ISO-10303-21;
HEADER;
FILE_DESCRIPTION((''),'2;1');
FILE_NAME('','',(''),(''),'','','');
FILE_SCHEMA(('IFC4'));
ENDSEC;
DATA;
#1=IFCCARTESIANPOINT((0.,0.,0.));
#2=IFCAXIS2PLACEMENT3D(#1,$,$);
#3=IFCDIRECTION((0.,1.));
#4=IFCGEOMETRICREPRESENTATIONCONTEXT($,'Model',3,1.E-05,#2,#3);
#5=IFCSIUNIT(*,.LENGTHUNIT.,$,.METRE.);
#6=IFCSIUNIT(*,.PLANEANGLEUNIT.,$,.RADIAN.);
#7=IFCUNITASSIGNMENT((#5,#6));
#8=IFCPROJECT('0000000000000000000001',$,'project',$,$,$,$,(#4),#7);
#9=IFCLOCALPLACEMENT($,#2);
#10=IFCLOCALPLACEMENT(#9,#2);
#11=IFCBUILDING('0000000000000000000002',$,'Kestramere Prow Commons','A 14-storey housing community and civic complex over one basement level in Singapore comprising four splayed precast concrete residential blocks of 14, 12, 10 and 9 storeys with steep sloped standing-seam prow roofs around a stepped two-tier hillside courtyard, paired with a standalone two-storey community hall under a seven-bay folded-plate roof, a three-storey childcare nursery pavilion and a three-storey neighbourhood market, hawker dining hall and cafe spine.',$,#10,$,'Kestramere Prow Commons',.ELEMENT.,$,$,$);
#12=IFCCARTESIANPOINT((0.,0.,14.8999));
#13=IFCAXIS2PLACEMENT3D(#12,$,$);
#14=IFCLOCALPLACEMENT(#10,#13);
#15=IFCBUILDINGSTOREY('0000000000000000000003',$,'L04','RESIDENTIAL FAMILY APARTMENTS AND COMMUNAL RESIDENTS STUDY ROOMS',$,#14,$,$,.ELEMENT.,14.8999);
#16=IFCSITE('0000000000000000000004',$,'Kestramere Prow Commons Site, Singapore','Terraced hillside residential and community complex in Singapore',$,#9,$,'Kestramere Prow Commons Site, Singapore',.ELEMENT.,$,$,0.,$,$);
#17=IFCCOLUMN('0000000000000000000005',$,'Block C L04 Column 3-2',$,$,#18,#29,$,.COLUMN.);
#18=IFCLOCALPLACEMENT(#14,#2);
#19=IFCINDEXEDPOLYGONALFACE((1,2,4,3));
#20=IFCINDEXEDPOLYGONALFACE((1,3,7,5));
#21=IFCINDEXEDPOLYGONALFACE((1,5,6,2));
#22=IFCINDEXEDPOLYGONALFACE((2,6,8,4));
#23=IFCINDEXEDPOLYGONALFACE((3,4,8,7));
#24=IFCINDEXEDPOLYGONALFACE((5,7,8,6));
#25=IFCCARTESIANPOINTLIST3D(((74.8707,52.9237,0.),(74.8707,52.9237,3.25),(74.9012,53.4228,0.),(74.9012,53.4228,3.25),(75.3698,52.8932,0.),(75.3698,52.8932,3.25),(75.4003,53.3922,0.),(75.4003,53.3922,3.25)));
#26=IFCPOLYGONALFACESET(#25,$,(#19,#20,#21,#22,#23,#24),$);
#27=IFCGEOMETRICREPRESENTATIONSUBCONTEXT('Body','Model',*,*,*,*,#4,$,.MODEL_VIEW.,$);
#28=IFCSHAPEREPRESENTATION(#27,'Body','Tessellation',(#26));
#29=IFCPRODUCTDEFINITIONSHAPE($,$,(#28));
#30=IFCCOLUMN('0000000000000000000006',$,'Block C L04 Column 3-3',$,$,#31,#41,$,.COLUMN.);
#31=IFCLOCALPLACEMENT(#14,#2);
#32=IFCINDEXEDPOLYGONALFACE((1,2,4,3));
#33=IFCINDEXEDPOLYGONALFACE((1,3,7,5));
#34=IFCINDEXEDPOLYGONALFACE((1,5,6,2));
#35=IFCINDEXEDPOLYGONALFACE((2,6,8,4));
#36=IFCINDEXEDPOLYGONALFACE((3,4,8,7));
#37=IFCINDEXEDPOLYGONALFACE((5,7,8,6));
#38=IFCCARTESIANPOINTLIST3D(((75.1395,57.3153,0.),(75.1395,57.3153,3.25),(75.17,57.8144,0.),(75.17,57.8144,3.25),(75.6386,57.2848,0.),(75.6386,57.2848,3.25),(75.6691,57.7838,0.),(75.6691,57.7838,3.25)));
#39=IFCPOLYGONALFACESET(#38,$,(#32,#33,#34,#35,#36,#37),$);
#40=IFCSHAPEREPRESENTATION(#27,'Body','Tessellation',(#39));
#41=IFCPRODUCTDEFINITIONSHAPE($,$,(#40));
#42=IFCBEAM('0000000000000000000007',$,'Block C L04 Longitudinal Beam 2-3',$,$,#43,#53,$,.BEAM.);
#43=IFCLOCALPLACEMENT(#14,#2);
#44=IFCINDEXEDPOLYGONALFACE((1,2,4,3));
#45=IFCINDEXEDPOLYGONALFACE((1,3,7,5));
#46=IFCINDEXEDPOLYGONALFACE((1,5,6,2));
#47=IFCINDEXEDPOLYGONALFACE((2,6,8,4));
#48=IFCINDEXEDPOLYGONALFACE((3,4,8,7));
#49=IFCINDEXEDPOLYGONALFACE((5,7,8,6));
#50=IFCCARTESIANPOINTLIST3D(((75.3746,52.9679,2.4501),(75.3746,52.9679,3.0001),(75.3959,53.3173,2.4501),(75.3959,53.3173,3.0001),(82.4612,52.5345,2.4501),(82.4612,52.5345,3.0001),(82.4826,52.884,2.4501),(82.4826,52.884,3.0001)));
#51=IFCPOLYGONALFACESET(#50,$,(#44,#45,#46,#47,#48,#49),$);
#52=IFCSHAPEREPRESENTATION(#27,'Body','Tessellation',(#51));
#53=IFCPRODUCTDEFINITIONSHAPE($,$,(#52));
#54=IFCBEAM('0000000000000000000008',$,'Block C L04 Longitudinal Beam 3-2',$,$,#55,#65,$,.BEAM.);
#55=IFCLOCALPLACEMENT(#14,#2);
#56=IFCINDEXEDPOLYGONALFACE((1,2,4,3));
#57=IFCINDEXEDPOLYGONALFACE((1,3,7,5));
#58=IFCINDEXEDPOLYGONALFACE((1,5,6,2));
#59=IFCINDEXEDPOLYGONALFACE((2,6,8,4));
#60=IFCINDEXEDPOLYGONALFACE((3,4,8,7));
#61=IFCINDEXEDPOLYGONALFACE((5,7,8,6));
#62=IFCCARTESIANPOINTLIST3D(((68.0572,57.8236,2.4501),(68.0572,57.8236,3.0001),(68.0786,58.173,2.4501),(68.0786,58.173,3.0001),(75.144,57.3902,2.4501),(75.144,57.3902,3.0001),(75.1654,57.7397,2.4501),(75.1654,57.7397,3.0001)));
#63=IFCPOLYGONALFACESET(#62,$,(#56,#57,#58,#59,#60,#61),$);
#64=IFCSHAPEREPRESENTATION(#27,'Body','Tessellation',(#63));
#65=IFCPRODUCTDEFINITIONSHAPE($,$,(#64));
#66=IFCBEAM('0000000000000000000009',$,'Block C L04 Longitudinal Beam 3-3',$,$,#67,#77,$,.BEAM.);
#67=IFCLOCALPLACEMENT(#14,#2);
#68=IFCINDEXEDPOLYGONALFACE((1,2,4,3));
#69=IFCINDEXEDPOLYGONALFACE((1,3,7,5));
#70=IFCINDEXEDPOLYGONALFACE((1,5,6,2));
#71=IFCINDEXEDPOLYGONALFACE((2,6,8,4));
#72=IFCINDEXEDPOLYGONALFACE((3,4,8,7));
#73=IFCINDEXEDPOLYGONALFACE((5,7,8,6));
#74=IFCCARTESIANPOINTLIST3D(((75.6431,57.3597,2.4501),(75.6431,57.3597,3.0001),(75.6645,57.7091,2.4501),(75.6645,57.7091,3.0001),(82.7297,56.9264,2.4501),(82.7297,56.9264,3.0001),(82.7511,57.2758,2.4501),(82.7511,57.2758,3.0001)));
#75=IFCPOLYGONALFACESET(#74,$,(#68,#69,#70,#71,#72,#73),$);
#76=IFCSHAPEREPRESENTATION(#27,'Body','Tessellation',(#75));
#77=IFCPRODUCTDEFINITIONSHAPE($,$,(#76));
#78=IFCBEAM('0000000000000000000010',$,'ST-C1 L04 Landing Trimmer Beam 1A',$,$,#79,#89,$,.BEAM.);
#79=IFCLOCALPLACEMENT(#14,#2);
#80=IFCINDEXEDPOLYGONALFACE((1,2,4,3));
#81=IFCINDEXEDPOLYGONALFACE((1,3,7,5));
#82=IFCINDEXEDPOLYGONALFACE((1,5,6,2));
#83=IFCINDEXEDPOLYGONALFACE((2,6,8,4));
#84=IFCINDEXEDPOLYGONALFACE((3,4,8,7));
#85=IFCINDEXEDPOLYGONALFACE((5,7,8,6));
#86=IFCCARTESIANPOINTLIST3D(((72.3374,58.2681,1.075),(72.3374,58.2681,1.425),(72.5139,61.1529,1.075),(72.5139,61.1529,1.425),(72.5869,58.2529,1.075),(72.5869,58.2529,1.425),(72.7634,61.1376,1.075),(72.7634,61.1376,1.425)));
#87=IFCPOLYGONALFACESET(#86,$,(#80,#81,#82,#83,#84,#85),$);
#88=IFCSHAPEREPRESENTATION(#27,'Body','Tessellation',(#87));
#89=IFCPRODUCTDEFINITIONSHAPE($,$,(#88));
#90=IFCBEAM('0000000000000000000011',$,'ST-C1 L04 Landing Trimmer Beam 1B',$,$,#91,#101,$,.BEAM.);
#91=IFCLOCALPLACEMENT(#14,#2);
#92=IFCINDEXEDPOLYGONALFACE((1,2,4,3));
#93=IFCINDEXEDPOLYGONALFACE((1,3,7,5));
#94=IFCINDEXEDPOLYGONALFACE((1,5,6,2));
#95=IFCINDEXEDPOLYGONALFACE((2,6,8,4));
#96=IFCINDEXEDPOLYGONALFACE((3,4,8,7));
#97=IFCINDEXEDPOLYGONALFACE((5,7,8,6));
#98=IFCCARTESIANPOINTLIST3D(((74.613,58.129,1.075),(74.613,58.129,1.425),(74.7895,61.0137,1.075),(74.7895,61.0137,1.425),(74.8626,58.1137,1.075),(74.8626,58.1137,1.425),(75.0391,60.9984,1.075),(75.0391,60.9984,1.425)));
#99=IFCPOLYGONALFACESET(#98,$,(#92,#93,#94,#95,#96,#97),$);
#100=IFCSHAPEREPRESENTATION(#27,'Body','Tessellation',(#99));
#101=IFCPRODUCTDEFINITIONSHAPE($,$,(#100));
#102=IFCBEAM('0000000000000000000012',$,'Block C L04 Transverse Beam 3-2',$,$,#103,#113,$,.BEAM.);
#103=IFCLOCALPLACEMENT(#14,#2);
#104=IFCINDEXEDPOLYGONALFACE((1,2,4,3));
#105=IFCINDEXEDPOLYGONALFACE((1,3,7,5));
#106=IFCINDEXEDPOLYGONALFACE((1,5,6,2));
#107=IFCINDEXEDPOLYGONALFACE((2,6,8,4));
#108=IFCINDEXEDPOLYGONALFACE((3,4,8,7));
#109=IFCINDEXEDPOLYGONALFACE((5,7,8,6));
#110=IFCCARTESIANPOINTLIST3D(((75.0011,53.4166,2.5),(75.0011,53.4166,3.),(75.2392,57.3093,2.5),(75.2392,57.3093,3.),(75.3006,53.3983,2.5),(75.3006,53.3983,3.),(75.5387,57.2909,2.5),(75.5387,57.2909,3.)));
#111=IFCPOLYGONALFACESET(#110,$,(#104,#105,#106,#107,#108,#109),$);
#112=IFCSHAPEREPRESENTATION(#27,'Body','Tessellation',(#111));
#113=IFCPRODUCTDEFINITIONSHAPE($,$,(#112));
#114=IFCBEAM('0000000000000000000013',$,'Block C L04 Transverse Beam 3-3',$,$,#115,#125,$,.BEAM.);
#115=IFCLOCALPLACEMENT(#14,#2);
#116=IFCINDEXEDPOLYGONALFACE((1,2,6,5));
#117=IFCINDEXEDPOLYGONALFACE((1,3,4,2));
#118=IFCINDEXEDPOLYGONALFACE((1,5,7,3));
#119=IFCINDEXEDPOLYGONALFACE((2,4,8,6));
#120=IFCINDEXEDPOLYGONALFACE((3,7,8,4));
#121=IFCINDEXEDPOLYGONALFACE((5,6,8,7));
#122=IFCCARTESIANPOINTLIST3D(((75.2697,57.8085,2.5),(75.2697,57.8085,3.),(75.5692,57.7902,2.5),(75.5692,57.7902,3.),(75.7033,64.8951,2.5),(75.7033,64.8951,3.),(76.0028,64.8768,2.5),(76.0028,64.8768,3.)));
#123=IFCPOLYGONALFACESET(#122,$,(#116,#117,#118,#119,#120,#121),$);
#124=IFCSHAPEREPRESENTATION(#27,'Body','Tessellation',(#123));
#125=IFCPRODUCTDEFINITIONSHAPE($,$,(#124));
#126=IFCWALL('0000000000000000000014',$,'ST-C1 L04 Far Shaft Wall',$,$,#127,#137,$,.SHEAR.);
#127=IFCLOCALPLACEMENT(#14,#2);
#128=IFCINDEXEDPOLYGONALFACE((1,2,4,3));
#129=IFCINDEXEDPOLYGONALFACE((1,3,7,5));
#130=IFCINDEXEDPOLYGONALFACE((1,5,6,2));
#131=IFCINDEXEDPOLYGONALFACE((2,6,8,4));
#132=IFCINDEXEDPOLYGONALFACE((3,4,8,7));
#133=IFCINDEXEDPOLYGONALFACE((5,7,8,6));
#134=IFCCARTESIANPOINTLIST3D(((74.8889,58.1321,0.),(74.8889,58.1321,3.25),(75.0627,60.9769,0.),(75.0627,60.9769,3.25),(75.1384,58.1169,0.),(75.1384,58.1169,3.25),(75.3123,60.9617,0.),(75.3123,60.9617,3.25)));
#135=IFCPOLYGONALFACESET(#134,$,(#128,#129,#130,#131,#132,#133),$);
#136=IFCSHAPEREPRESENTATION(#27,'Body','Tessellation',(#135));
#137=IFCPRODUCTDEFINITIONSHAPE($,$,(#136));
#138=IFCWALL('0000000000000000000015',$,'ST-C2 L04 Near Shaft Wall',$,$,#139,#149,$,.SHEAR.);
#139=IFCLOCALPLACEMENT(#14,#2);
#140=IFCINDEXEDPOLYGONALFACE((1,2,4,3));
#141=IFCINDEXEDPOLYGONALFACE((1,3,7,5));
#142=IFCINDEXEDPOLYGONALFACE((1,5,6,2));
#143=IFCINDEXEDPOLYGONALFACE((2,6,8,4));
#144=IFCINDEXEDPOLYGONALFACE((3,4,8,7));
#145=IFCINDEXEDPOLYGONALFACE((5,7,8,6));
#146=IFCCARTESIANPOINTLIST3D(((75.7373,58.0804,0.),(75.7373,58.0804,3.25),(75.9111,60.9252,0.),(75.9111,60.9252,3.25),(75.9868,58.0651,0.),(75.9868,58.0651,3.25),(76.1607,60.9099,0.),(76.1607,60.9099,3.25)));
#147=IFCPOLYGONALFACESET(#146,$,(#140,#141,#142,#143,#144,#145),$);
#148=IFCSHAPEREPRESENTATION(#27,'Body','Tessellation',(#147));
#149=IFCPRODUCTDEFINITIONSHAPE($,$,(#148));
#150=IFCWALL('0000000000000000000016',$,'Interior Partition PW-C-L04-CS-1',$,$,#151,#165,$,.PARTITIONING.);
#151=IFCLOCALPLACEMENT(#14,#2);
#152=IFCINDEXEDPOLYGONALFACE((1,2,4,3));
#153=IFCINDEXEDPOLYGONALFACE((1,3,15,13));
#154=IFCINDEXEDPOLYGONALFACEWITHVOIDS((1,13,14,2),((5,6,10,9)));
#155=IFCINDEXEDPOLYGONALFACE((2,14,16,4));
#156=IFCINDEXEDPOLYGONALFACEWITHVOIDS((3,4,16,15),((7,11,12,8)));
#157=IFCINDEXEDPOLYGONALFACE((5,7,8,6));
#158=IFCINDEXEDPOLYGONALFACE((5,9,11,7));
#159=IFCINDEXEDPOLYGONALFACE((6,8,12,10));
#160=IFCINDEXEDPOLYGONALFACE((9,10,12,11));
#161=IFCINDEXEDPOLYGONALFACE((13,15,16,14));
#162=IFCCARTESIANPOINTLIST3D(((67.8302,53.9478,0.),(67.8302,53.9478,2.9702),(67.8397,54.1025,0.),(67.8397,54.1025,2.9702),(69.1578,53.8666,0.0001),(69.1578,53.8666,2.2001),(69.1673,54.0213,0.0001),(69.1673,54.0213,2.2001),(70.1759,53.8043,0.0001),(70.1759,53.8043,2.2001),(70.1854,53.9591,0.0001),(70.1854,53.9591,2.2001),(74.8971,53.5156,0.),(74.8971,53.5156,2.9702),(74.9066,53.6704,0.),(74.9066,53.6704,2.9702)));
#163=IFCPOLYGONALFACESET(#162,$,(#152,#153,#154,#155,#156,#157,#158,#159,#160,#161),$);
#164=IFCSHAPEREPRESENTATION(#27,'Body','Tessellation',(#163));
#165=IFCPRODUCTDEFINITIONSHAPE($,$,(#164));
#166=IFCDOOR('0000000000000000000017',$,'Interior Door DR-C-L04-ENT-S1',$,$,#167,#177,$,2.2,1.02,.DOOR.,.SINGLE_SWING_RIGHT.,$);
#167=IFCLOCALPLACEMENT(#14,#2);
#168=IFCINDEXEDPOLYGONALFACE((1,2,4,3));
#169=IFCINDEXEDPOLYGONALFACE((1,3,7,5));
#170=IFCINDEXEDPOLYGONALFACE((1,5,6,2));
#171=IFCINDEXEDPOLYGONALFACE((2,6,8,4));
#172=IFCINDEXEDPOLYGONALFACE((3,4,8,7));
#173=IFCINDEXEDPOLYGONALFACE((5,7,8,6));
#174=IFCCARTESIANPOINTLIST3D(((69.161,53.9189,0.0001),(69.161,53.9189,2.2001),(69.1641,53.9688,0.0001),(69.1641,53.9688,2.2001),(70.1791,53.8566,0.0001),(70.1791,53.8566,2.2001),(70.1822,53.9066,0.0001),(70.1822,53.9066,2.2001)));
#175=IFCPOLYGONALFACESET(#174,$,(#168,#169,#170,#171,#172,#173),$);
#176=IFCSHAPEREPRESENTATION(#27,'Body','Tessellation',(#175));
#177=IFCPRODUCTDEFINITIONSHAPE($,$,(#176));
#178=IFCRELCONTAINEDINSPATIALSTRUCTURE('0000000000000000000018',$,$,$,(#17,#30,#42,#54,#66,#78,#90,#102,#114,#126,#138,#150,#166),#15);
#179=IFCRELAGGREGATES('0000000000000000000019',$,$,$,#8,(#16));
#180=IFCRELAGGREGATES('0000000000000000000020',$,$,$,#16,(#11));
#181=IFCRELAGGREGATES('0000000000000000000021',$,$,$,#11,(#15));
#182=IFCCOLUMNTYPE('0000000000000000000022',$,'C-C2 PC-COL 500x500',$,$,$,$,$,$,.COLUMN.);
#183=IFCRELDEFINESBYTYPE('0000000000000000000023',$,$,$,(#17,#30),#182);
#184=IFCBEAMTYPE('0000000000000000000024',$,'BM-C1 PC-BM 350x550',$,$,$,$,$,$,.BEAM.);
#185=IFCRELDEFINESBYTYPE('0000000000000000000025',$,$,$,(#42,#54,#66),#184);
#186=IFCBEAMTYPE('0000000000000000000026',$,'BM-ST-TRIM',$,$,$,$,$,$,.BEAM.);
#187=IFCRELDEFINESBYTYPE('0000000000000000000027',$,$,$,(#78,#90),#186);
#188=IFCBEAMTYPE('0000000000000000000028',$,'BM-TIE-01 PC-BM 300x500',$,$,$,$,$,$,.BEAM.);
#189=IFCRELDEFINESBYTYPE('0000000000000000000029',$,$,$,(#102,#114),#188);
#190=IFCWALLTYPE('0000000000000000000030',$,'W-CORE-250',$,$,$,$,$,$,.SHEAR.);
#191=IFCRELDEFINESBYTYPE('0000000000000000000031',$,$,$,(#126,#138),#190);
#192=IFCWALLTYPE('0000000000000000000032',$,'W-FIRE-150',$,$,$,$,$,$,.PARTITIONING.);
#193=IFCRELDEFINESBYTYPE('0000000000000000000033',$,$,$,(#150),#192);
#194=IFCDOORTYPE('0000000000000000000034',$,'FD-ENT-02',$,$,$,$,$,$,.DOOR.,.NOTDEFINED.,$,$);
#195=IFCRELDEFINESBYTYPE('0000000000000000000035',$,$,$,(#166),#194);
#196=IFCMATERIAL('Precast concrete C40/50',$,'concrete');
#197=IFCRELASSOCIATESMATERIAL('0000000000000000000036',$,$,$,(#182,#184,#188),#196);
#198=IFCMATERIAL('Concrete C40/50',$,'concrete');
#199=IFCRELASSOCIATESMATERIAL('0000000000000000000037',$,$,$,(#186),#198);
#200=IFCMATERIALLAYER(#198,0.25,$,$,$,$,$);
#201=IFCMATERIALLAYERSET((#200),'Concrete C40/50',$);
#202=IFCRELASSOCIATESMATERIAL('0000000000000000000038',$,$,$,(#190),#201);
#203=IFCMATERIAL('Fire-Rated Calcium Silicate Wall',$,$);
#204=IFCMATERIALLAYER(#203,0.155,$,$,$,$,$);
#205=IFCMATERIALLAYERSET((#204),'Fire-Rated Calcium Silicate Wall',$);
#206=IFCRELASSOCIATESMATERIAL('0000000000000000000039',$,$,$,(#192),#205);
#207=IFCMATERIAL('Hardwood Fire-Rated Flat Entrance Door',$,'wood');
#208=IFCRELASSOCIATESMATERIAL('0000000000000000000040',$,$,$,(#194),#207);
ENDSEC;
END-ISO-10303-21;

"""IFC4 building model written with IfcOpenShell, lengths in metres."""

from ifc_helpers import new_model, si_unit, direction, frame, frame_2d, origin, origin_2d, place, context, subcontext, project, spatial, rectangle, extrude, material, layer, layer_set, material_profile, profile_set, type_object, element, fill, save


model = new_model("IFC4")

# Units and contexts
model_context = context("Model", 3, precision=1e-05, world=origin(), true_north=direction((0.0, 1.0)))
body_context = subcontext(model_context, "Body", "Model", "MODEL_VIEW")
ifc_project = project(units=[si_unit("LENGTHUNIT", "METRE"), si_unit("PLANEANGLEUNIT", "RADIAN")], contexts=[model_context])

# Site, building, storey
site_placement = place(None, origin())
site = spatial("IfcSite", under=ifc_project, at=site_placement, Name="Kestramere Prow Commons Site, Singapore", Description="Terraced hillside residential and community complex in Singapore", LongName="Kestramere Prow Commons Site, Singapore", CompositionType="ELEMENT", RefElevation=0.0)
building_placement = place(site_placement, origin())
building = spatial("IfcBuilding", under=site, at=building_placement, Name="Kestramere Prow Commons", Description="A 14-storey housing community and civic complex over one basement level in Singapore comprising four splayed precast concrete residential blocks of 14, 12, 10 and 9 storeys with steep sloped standing-seam prow roofs around a stepped two-tier hillside courtyard, paired with a standalone two-storey community hall under a seven-bay folded-plate roof, a three-storey childcare nursery pavilion and a three-storey neighbourhood market, hawker dining hall and cafe spine.", LongName="Kestramere Prow Commons", CompositionType="ELEMENT")
storey_placement = place(building_placement, frame((0.0, 0.0, 14.8999)))
storey = spatial("IfcBuildingStorey", under=building, at=storey_placement, Name="L04", Description="RESIDENTIAL FAMILY APARTMENTS AND COMMUNAL RESIDENTS STUDY ROOMS", CompositionType="ELEMENT", Elevation=14.8999)

# Columns
ifc_material_1 = material(Name="Precast concrete C40/50", Category="concrete")
ifc_material_profile_1 = material_profile(ifc_material_1, rectangle(XDim=0.5, YDim=0.5, at=origin_2d()), Name="PC-COL 500x500")
ifc_profile_set_1 = profile_set([ifc_material_profile_1], Name="Precast concrete C40/50")
column_type = type_object("IfcColumnType", Name="C-C2 PC-COL 500x500", PredefinedType="COLUMN", material=ifc_profile_set_1)
for number, where, z_axis, x_axis, name in (
    (1, (75.1355, 53.158, 0.0), (0.0, 0.0, 1.0), (0.998135, -0.061049, 0.0), "Block C L04 Column 3-2"),
    (2, (75.4043, 57.5496, 0.0), (0.0, 0.0, 1.0), (0.998135, -0.061049, 0.0), "Block C L04 Column 3-3"),
):
    element("IfcColumn", number, at=place(storey_placement, frame(where, z_axis=z_axis, x_axis=x_axis)), inside=storey, type_object=column_type, Name=name, PredefinedType="COLUMN", context=body_context, shape_type="SweptSolid", body=[
        extrude(rectangle(XDim=0.5, YDim=0.5, at=origin_2d()), origin(), (0.0, 0.0, 1.0), 3.25),
    ])

# Beams
ifc_material_profile_2 = material_profile(ifc_material_1, rectangle(XDim=0.3501, YDim=0.55, at=origin_2d()), Name="PC-BM 350x550")
ifc_profile_set_2 = profile_set([ifc_material_profile_2], Name="Precast concrete C40/50")
beam_type_1 = type_object("IfcBeamType", Name="BM-C1 PC-BM 350x550", PredefinedType="BEAM", material=ifc_profile_set_2)
beam_1_placement = place(storey_placement, frame((75.3853, 53.1426, 2.7251), z_axis=(0.998136, -0.061036, 0.0), x_axis=(0.061036, 0.998136, 0.0)))
element("IfcBeam", 3, at=beam_1_placement, inside=storey, type_object=beam_type_1, Name="Block C L04 Longitudinal Beam 2-3", PredefinedType="BEAM", context=body_context, shape_type="SweptSolid", body=[
    extrude(rectangle(XDim=0.3501, YDim=0.55, at=origin_2d()), origin(), (0.0, 0.0, 1.0), 7.0999),
])
beam_2_placement = place(storey_placement, frame((68.0679, 57.9983, 2.7251), z_axis=(0.998136, -0.061034, 0.0), x_axis=(0.061034, 0.998136, 0.0)))
element("IfcBeam", 4, at=beam_2_placement, inside=storey, type_object=beam_type_1, Name="Block C L04 Longitudinal Beam 3-2", PredefinedType="BEAM", context=body_context, shape_type="SweptSolid", body=[
    extrude(rectangle(XDim=0.3501, YDim=0.55, at=origin_2d()), origin(), (0.0, 0.0, 1.0), 7.1001),
])
beam_3_placement = place(storey_placement, frame((75.6538, 57.5344, 2.7251), z_axis=(0.998136, -0.061036, 0.0), x_axis=(0.061036, 0.998136, 0.0)))
element("IfcBeam", 5, at=beam_3_placement, inside=storey, type_object=beam_type_1, Name="Block C L04 Longitudinal Beam 3-3", PredefinedType="BEAM", context=body_context, shape_type="SweptSolid", body=[
    extrude(rectangle(XDim=0.3501, YDim=0.55, at=origin_2d()), origin(), (0.0, 0.0, 1.0), 7.0999),
])
ifc_material_2 = material(Name="Concrete C40/50", Category="concrete")
ifc_material_profile_3 = material_profile(ifc_material_2, rectangle(XDim=0.25, YDim=0.3501, at=origin_2d()), Name="PC-BM 250x350")
ifc_profile_set_3 = profile_set([ifc_material_profile_3], Name="Concrete C40/50")
beam_type_2 = type_object("IfcBeamType", Name="BM-ST-TRIM", PredefinedType="BEAM", material=ifc_profile_set_3)
for number, where, z_axis, x_axis, name in (
    (6, (72.4622, 58.2605, 1.25), (0.061074, 0.998133, 0.0), (-0.998133, 0.061074, 0.0), "ST-C1 L04 Landing Trimmer Beam 1A"),
    (7, (74.7378, 58.1213, 1.25), (0.061074, 0.998133, 0.0), (-0.998133, 0.061074, 0.0), "ST-C1 L04 Landing Trimmer Beam 1B"),
):
    element("IfcBeam", number, at=place(storey_placement, frame(where, z_axis=z_axis, x_axis=x_axis)), inside=storey, type_object=beam_type_2, Name=name, PredefinedType="BEAM", context=body_context, shape_type="SweptSolid", body=[
        extrude(rectangle(XDim=0.25, YDim=0.3501, at=origin_2d()), origin(), (0.0, 0.0, 1.0), 2.8901),
    ])
ifc_material_profile_4 = material_profile(ifc_material_1, rectangle(XDim=0.3, YDim=0.5, at=origin_2d()), Name="PC-BM 300x500")
ifc_profile_set_4 = profile_set([ifc_material_profile_4], Name="Precast concrete C40/50")
beam_type_3 = type_object("IfcBeamType", Name="BM-TIE-01 PC-BM 300x500", PredefinedType="BEAM", material=ifc_profile_set_4)
beam_4_placement = place(storey_placement, frame((75.1509, 53.4075, 2.75), z_axis=(0.061038, 0.998135, 0.0), x_axis=(-0.998135, 0.061038, 0.0)))
element("IfcBeam", 8, at=beam_4_placement, inside=storey, type_object=beam_type_3, Name="Block C L04 Transverse Beam 3-2", PredefinedType="BEAM", context=body_context, shape_type="SweptSolid", body=[
    extrude(rectangle(XDim=0.3, YDim=0.5, at=origin_2d()), origin(), (0.0, 0.0, 1.0), 3.8999),
])
beam_5_placement = place(storey_placement, frame((75.4194, 57.7993, 2.75), z_axis=(0.06107, 0.998133, 0.0), x_axis=(-0.998133, 0.06107, 0.0)))
element("IfcBeam", 9, at=beam_5_placement, inside=storey, type_object=beam_type_3, Name="Block C L04 Transverse Beam 3-3", PredefinedType="BEAM", context=body_context, shape_type="SweptSolid", body=[
    extrude(rectangle(XDim=0.3, YDim=0.5, at=origin_2d()), origin(), (0.0, 0.0, 1.0), 7.0999),
])

# Shared definitions
ifc_layer_1 = layer(ifc_material_2, 0.25)
ifc_layer_set_1 = layer_set([ifc_layer_1], Name="Concrete C40/50")
wall_type_1 = type_object("IfcWallType", Name="W-CORE-250", PredefinedType="SHEAR", material=ifc_layer_set_1)

# Wall
wall_1_placement = place(storey_placement, frame((75.0137, 58.1245, 0.0), z_axis=(0.0, 0.0, 1.0), x_axis=(0.060992, 0.998138, 0.0)))
element("IfcWall", 10, at=wall_1_placement, inside=storey, type_object=wall_type_1, Name="ST-C1 L04 Far Shaft Wall", PredefinedType="SHEAR", context=body_context, shape_type="SweptSolid", body=[
    extrude(rectangle(XDim=2.8501, YDim=0.25, at=frame_2d((1.425, 0.0))), origin(), (0.0, 0.0, 1.0), 3.25),
])

# Wall
wall_2_placement = place(storey_placement, frame((75.8621, 58.0728, 0.0), z_axis=(0.0, 0.0, 1.0), x_axis=(0.060992, 0.998138, 0.0)))
element("IfcWall", 11, at=wall_2_placement, inside=storey, type_object=wall_type_1, Name="ST-C2 L04 Near Shaft Wall", PredefinedType="SHEAR", context=body_context, shape_type="SweptSolid", body=[
    extrude(rectangle(XDim=2.8501, YDim=0.25, at=frame_2d((1.425, 0.0))), origin(), (0.0, 0.0, 1.0), 3.25),
])

# Wall, opening, door
ifc_material_3 = material(Name="Fire-Rated Calcium Silicate Wall")
ifc_layer_2 = layer(ifc_material_3, 0.155)
ifc_layer_set_2 = layer_set([ifc_layer_2], Name="Fire-Rated Calcium Silicate Wall")
wall_type_2 = type_object("IfcWallType", Name="W-FIRE-150", PredefinedType="PARTITIONING", material=ifc_layer_set_2)
wall_3_placement = place(storey_placement, frame((67.835, 54.0251, 0.0), z_axis=(0.0, 0.0, 1.0), x_axis=(0.998136, -0.061034, 0.0)))
wall_3 = element("IfcWall", 12, at=wall_3_placement, inside=storey, type_object=wall_type_2, Name="Interior Partition PW-C-L04-CS-1", PredefinedType="PARTITIONING", context=body_context, shape_type="SweptSolid", body=[
    extrude(rectangle(XDim=7.0801, YDim=0.155, at=frame_2d((3.54, 0.0))), origin(), (0.0, 0.0, 1.0), 2.9702),
])
opening_1_placement = place(wall_3_placement, frame((1.3301, 0.0, 0.0)))
opening_1 = element("IfcOpeningElement", 13, at=opening_1_placement, cuts=wall_3, PredefinedType="OPENING", context=body_context, shape_type="SweptSolid", body=[
    extrude(rectangle(XDim=1.02, YDim=2.2, at=frame_2d((0.51, 1.1001))), frame((0.0, 0.0925, 0.0), z_axis=(0.0, -1.0, 0.0), x_axis=(1.0, 0.0, 0.0)), (0.0, 0.0, 1.0), 0.1851),
])
ifc_material_4 = material(Name="Hardwood Fire-Rated Flat Entrance Door", Category="wood")
door_type_1 = type_object("IfcDoorType", Name="FD-ENT-02", OperationType="NOTDEFINED", PredefinedType="DOOR", material=ifc_material_4)
door_1_placement = place(opening_1_placement, origin())
door_1 = element("IfcDoor", 14, at=door_1_placement, inside=storey, type_object=door_type_1, Name="Interior Door DR-C-L04-ENT-S1", OperationType="SINGLE_SWING_RIGHT", OverallHeight=2.2, OverallWidth=1.02, PredefinedType="DOOR", context=body_context, shape_type="SweptSolid", body=[
    extrude(rectangle(XDim=1.02, YDim=2.2, at=frame_2d((0.51, 1.1001))), frame((0.0, 0.0249, 0.0), z_axis=(0.0, -1.0, 0.0), x_axis=(1.0, 0.0, 0.0)), (0.0, 0.0, 1.0), 0.05),
])
fill(opening_1, door_1)

save(model, "model.ifc")
